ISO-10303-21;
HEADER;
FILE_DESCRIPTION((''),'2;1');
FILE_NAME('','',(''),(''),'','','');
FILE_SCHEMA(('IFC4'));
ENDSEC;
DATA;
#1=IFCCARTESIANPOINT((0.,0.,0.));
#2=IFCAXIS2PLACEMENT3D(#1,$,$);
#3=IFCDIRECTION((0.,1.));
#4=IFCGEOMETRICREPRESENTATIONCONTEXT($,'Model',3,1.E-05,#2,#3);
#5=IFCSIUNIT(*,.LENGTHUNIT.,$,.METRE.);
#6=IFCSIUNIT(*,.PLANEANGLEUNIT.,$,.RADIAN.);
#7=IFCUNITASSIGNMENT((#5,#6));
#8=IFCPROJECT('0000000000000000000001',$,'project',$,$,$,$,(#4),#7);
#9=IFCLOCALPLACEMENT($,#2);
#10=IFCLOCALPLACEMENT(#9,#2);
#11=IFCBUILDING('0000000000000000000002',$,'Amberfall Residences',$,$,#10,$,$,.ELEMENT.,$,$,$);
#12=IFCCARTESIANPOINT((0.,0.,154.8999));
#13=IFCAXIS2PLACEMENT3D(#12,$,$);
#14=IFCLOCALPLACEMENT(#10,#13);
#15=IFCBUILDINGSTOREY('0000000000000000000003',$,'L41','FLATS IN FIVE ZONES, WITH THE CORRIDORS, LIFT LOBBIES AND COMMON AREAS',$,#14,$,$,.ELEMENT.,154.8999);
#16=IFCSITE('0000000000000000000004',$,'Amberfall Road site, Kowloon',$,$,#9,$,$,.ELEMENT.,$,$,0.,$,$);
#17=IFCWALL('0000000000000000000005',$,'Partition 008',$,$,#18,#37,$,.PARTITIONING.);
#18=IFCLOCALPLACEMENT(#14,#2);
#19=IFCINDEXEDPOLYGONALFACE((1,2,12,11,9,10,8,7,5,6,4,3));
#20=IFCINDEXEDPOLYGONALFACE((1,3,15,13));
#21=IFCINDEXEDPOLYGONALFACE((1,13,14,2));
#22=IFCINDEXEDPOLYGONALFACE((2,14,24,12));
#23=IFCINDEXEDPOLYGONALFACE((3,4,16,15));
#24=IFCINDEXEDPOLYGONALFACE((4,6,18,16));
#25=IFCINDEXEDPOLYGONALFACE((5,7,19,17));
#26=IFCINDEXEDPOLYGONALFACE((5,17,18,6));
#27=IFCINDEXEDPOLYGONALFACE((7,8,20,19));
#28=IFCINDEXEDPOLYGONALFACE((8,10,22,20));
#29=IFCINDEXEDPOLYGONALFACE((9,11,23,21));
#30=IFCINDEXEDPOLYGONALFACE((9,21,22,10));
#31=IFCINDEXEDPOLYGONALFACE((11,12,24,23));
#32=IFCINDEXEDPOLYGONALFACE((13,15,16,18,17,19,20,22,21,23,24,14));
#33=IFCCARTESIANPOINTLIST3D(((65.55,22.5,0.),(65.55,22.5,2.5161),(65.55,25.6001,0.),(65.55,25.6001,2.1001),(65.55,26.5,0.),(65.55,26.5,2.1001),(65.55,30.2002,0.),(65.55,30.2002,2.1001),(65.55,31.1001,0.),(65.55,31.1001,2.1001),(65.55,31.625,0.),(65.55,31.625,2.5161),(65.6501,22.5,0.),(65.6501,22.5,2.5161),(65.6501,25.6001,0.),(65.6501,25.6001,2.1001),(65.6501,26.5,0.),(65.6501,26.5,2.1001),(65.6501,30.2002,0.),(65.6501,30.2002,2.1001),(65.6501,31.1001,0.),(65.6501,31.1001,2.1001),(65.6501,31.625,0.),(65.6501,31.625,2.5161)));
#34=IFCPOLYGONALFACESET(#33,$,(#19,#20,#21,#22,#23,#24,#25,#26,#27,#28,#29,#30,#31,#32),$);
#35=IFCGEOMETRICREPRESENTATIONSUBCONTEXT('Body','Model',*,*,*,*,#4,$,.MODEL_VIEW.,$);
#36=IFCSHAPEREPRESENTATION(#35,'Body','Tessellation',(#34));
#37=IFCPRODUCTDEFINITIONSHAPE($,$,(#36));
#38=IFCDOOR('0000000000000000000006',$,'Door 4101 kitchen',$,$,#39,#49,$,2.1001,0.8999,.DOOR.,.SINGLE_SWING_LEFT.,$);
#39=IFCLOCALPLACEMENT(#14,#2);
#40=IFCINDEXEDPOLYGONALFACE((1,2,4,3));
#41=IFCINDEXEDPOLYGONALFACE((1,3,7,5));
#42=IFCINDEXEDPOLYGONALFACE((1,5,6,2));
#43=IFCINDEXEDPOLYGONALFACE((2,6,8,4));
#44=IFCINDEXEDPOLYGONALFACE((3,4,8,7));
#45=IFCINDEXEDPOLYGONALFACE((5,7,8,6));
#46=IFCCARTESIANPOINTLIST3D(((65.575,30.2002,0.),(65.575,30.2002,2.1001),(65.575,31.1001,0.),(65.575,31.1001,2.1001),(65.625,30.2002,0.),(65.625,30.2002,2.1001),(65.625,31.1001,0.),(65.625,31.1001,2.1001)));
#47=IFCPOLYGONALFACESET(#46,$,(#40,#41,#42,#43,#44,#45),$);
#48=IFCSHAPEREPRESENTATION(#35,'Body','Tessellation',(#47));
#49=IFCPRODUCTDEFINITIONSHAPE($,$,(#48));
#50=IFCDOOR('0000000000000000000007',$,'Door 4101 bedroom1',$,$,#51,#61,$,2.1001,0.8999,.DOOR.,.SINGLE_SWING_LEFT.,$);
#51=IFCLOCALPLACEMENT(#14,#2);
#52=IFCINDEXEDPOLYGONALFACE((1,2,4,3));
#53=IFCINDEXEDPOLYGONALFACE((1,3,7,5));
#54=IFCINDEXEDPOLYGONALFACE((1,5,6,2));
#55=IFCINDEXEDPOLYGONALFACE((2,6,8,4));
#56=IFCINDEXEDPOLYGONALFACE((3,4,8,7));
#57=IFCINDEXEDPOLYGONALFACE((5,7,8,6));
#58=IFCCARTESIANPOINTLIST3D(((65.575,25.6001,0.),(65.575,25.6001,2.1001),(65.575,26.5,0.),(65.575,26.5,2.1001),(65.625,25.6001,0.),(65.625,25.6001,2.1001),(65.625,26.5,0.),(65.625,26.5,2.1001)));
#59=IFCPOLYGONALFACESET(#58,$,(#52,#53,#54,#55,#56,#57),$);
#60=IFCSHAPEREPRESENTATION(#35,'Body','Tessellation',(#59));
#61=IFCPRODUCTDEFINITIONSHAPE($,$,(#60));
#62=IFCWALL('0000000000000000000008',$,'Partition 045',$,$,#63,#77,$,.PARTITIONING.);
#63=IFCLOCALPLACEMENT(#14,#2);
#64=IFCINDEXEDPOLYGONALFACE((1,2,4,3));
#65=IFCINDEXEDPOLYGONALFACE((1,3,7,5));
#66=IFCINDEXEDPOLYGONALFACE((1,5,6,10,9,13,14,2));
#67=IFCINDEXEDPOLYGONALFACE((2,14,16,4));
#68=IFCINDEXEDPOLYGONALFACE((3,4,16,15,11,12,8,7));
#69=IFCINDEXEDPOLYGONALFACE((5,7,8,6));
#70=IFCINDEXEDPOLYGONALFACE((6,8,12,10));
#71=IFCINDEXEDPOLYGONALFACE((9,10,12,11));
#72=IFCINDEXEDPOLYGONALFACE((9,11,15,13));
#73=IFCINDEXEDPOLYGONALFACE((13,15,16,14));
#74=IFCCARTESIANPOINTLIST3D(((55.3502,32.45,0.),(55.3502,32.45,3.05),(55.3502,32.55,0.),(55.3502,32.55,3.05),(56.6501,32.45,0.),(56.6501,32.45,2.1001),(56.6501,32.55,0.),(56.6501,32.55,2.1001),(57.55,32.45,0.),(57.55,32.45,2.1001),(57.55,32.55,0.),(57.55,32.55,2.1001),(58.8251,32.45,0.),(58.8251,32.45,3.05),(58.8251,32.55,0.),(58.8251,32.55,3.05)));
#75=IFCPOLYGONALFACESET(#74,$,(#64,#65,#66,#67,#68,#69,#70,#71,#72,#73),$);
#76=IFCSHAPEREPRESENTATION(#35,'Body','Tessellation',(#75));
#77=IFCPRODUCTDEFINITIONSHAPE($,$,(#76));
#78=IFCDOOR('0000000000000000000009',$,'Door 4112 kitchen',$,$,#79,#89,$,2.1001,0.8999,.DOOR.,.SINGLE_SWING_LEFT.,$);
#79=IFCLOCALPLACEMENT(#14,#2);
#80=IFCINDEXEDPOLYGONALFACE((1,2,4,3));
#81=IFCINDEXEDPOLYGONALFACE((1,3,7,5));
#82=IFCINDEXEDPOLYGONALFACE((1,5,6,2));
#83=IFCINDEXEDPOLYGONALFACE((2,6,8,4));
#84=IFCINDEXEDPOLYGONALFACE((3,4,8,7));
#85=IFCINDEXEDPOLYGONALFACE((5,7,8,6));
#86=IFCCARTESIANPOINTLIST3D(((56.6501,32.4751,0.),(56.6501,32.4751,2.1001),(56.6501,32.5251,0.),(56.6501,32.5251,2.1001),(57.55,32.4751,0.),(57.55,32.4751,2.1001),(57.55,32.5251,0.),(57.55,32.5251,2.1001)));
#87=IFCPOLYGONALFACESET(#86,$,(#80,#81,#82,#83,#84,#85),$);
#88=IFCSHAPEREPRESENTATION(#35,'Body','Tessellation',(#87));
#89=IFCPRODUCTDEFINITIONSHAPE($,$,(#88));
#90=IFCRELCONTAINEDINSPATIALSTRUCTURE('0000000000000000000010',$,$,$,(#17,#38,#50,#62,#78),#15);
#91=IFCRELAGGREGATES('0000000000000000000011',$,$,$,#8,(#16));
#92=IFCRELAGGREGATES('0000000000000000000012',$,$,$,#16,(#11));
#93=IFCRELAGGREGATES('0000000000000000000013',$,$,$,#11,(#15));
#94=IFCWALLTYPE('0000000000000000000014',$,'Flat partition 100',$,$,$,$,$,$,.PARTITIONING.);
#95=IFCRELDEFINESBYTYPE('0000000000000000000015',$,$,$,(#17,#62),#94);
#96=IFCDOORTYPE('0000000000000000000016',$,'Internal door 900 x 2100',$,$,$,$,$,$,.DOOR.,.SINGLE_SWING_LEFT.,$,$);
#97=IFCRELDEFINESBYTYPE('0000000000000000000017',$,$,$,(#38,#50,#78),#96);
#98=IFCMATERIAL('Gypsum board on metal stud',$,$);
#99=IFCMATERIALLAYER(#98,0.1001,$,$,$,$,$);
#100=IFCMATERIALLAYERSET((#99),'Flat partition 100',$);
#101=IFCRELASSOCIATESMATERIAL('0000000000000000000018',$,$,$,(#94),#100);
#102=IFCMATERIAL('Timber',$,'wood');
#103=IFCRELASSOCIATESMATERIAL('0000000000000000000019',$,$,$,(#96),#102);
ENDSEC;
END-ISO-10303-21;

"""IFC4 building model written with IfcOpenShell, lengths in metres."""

from ifc_helpers import new_model, si_unit, direction, frame, frame_2d, origin, place, context, subcontext, project, spatial, rectangle, extrude, material, layer, layer_set, type_object, element, fill, save


model = new_model("IFC4")

# Units and contexts
model_context = context("Model", 3, precision=1e-05, world=origin(), true_north=direction((0.0, 1.0)))
body_context = subcontext(model_context, "Body", "Model", "MODEL_VIEW")
ifc_project = project(units=[si_unit("LENGTHUNIT", "METRE"), si_unit("PLANEANGLEUNIT", "RADIAN")], contexts=[model_context])

# Site, building, storey
site_placement = place(None, origin())
site = spatial("IfcSite", under=ifc_project, at=site_placement, Name="Amberfall Road site, Kowloon", CompositionType="ELEMENT", RefElevation=0.0)
building_placement = place(site_placement, origin())
building = spatial("IfcBuilding", under=site, at=building_placement, Name="Amberfall Residences", CompositionType="ELEMENT")
storey_placement = place(building_placement, frame((0.0, 0.0, 154.8999)))
storey = spatial("IfcBuildingStorey", under=building, at=storey_placement, Name="L41", Description="FLATS IN FIVE ZONES, WITH THE CORRIDORS, LIFT LOBBIES AND COMMON AREAS", CompositionType="ELEMENT", Elevation=154.8999)

# Wall, openings, doors
ifc_material_1 = material(Name="Gypsum board on metal stud")
ifc_layer_1 = layer(ifc_material_1, 0.1001)
ifc_layer_set_1 = layer_set([ifc_layer_1], Name="Flat partition 100")
wall_type_1 = type_object("IfcWallType", Name="Flat partition 100", PredefinedType="PARTITIONING", material=ifc_layer_set_1)
wall_1_placement = place(storey_placement, frame((65.6001, 31.625, 0.0), z_axis=(0.0, 0.0, 1.0), x_axis=(0.0, -1.0, 0.0)))
wall_1 = element("IfcWall", 1, at=wall_1_placement, inside=storey, type_object=wall_type_1, Name="Partition 008", PredefinedType="PARTITIONING", context=body_context, shape_type="SweptSolid", body=[
    extrude(rectangle(XDim=9.125, YDim=0.1001, at=frame_2d((4.5625, 0.0))), origin(), (0.0, 0.0, 1.0), 2.5161),
])
opening_1_placement = place(wall_1_placement, frame((0.5249, 0.0, 0.0)))
opening_1 = element("IfcOpeningElement", 2, at=opening_1_placement, cuts=wall_1, PredefinedType="OPENING", context=body_context, shape_type="SweptSolid", body=[
    extrude(rectangle(XDim=0.8999, YDim=2.1001, at=frame_2d((0.45, 1.05))), frame((0.0, 0.0601, 0.0), z_axis=(0.0, -1.0, 0.0), x_axis=(1.0, 0.0, 0.0)), (0.0, 0.0, 1.0), 0.1201),
])
opening_2_placement = place(wall_1_placement, frame((5.125, 0.0, 0.0)))
opening_2 = element("IfcOpeningElement", 3, at=opening_2_placement, cuts=wall_1, PredefinedType="OPENING", context=body_context, shape_type="SweptSolid", body=[
    extrude(rectangle(XDim=0.8999, YDim=2.1001, at=frame_2d((0.45, 1.05))), frame((0.0, 0.0601, 0.0), z_axis=(0.0, -1.0, 0.0), x_axis=(1.0, 0.0, 0.0)), (0.0, 0.0, 1.0), 0.1201),
])
ifc_material_2 = material(Name="Timber", Category="wood")
door_type_1 = type_object("IfcDoorType", Name="Internal door 900 x 2100", OperationType="SINGLE_SWING_LEFT", PredefinedType="DOOR", material=ifc_material_2)
door_1_placement = place(opening_1_placement, origin())
door_1 = element("IfcDoor", 4, at=door_1_placement, inside=storey, type_object=door_type_1, Name="Door 4101 kitchen", OperationType="SINGLE_SWING_LEFT", OverallHeight=2.1001, OverallWidth=0.8999, PredefinedType="DOOR", context=body_context, shape_type="SweptSolid", body=[
    extrude(rectangle(XDim=0.8999, YDim=2.1001, at=frame_2d((0.45, 1.05))), frame((0.0, 0.0249, 0.0), z_axis=(0.0, -1.0, 0.0), x_axis=(1.0, 0.0, 0.0)), (0.0, 0.0, 1.0), 0.05),
])
fill(opening_1, door_1)
door_2_placement = place(opening_2_placement, origin())
door_2 = element("IfcDoor", 5, at=door_2_placement, inside=storey, type_object=door_type_1, Name="Door 4101 bedroom1", OperationType="SINGLE_SWING_LEFT", OverallHeight=2.1001, OverallWidth=0.8999, PredefinedType="DOOR", context=body_context, shape_type="SweptSolid", body=[
    extrude(rectangle(XDim=0.8999, YDim=2.1001, at=frame_2d((0.45, 1.05))), frame((0.0, 0.0249, 0.0), z_axis=(0.0, -1.0, 0.0), x_axis=(1.0, 0.0, 0.0)), (0.0, 0.0, 1.0), 0.05),
])
fill(opening_2, door_2)

# Wall, opening, door
wall_2_placement = place(storey_placement, frame((58.825, 32.5, 0.0), z_axis=(0.0, 0.0, 1.0), x_axis=(-1.0, 0.0, 0.0)))
wall_2 = element("IfcWall", 6, at=wall_2_placement, inside=storey, type_object=wall_type_1, Name="Partition 045", PredefinedType="PARTITIONING", context=body_context, shape_type="SweptSolid", body=[
    extrude(rectangle(XDim=3.4749, YDim=0.1001, at=frame_2d((1.7373, 0.0))), origin(), (0.0, 0.0, 1.0), 3.05),
])
opening_3_placement = place(wall_2_placement, frame((1.2749, 0.0, 0.0)))
opening_3 = element("IfcOpeningElement", 7, at=opening_3_placement, cuts=wall_2, PredefinedType="OPENING", context=body_context, shape_type="SweptSolid", body=[
    extrude(rectangle(XDim=0.8999, YDim=2.1001, at=frame_2d((0.45, 1.05))), frame((0.0, 0.0601, 0.0), z_axis=(0.0, -1.0, 0.0), x_axis=(1.0, 0.0, 0.0)), (0.0, 0.0, 1.0), 0.1201),
])
door_3_placement = place(opening_3_placement, origin())
door_3 = element("IfcDoor", 8, at=door_3_placement, inside=storey, type_object=door_type_1, Name="Door 4112 kitchen", OperationType="SINGLE_SWING_LEFT", OverallHeight=2.1001, OverallWidth=0.8999, PredefinedType="DOOR", context=body_context, shape_type="SweptSolid", body=[
    extrude(rectangle(XDim=0.8999, YDim=2.1001, at=frame_2d((0.45, 1.05))), frame((0.0, 0.0249, 0.0), z_axis=(0.0, -1.0, 0.0), x_axis=(1.0, 0.0, 0.0)), (0.0, 0.0, 1.0), 0.05),
])
fill(opening_3, door_3)

save(model, "model.ifc")
